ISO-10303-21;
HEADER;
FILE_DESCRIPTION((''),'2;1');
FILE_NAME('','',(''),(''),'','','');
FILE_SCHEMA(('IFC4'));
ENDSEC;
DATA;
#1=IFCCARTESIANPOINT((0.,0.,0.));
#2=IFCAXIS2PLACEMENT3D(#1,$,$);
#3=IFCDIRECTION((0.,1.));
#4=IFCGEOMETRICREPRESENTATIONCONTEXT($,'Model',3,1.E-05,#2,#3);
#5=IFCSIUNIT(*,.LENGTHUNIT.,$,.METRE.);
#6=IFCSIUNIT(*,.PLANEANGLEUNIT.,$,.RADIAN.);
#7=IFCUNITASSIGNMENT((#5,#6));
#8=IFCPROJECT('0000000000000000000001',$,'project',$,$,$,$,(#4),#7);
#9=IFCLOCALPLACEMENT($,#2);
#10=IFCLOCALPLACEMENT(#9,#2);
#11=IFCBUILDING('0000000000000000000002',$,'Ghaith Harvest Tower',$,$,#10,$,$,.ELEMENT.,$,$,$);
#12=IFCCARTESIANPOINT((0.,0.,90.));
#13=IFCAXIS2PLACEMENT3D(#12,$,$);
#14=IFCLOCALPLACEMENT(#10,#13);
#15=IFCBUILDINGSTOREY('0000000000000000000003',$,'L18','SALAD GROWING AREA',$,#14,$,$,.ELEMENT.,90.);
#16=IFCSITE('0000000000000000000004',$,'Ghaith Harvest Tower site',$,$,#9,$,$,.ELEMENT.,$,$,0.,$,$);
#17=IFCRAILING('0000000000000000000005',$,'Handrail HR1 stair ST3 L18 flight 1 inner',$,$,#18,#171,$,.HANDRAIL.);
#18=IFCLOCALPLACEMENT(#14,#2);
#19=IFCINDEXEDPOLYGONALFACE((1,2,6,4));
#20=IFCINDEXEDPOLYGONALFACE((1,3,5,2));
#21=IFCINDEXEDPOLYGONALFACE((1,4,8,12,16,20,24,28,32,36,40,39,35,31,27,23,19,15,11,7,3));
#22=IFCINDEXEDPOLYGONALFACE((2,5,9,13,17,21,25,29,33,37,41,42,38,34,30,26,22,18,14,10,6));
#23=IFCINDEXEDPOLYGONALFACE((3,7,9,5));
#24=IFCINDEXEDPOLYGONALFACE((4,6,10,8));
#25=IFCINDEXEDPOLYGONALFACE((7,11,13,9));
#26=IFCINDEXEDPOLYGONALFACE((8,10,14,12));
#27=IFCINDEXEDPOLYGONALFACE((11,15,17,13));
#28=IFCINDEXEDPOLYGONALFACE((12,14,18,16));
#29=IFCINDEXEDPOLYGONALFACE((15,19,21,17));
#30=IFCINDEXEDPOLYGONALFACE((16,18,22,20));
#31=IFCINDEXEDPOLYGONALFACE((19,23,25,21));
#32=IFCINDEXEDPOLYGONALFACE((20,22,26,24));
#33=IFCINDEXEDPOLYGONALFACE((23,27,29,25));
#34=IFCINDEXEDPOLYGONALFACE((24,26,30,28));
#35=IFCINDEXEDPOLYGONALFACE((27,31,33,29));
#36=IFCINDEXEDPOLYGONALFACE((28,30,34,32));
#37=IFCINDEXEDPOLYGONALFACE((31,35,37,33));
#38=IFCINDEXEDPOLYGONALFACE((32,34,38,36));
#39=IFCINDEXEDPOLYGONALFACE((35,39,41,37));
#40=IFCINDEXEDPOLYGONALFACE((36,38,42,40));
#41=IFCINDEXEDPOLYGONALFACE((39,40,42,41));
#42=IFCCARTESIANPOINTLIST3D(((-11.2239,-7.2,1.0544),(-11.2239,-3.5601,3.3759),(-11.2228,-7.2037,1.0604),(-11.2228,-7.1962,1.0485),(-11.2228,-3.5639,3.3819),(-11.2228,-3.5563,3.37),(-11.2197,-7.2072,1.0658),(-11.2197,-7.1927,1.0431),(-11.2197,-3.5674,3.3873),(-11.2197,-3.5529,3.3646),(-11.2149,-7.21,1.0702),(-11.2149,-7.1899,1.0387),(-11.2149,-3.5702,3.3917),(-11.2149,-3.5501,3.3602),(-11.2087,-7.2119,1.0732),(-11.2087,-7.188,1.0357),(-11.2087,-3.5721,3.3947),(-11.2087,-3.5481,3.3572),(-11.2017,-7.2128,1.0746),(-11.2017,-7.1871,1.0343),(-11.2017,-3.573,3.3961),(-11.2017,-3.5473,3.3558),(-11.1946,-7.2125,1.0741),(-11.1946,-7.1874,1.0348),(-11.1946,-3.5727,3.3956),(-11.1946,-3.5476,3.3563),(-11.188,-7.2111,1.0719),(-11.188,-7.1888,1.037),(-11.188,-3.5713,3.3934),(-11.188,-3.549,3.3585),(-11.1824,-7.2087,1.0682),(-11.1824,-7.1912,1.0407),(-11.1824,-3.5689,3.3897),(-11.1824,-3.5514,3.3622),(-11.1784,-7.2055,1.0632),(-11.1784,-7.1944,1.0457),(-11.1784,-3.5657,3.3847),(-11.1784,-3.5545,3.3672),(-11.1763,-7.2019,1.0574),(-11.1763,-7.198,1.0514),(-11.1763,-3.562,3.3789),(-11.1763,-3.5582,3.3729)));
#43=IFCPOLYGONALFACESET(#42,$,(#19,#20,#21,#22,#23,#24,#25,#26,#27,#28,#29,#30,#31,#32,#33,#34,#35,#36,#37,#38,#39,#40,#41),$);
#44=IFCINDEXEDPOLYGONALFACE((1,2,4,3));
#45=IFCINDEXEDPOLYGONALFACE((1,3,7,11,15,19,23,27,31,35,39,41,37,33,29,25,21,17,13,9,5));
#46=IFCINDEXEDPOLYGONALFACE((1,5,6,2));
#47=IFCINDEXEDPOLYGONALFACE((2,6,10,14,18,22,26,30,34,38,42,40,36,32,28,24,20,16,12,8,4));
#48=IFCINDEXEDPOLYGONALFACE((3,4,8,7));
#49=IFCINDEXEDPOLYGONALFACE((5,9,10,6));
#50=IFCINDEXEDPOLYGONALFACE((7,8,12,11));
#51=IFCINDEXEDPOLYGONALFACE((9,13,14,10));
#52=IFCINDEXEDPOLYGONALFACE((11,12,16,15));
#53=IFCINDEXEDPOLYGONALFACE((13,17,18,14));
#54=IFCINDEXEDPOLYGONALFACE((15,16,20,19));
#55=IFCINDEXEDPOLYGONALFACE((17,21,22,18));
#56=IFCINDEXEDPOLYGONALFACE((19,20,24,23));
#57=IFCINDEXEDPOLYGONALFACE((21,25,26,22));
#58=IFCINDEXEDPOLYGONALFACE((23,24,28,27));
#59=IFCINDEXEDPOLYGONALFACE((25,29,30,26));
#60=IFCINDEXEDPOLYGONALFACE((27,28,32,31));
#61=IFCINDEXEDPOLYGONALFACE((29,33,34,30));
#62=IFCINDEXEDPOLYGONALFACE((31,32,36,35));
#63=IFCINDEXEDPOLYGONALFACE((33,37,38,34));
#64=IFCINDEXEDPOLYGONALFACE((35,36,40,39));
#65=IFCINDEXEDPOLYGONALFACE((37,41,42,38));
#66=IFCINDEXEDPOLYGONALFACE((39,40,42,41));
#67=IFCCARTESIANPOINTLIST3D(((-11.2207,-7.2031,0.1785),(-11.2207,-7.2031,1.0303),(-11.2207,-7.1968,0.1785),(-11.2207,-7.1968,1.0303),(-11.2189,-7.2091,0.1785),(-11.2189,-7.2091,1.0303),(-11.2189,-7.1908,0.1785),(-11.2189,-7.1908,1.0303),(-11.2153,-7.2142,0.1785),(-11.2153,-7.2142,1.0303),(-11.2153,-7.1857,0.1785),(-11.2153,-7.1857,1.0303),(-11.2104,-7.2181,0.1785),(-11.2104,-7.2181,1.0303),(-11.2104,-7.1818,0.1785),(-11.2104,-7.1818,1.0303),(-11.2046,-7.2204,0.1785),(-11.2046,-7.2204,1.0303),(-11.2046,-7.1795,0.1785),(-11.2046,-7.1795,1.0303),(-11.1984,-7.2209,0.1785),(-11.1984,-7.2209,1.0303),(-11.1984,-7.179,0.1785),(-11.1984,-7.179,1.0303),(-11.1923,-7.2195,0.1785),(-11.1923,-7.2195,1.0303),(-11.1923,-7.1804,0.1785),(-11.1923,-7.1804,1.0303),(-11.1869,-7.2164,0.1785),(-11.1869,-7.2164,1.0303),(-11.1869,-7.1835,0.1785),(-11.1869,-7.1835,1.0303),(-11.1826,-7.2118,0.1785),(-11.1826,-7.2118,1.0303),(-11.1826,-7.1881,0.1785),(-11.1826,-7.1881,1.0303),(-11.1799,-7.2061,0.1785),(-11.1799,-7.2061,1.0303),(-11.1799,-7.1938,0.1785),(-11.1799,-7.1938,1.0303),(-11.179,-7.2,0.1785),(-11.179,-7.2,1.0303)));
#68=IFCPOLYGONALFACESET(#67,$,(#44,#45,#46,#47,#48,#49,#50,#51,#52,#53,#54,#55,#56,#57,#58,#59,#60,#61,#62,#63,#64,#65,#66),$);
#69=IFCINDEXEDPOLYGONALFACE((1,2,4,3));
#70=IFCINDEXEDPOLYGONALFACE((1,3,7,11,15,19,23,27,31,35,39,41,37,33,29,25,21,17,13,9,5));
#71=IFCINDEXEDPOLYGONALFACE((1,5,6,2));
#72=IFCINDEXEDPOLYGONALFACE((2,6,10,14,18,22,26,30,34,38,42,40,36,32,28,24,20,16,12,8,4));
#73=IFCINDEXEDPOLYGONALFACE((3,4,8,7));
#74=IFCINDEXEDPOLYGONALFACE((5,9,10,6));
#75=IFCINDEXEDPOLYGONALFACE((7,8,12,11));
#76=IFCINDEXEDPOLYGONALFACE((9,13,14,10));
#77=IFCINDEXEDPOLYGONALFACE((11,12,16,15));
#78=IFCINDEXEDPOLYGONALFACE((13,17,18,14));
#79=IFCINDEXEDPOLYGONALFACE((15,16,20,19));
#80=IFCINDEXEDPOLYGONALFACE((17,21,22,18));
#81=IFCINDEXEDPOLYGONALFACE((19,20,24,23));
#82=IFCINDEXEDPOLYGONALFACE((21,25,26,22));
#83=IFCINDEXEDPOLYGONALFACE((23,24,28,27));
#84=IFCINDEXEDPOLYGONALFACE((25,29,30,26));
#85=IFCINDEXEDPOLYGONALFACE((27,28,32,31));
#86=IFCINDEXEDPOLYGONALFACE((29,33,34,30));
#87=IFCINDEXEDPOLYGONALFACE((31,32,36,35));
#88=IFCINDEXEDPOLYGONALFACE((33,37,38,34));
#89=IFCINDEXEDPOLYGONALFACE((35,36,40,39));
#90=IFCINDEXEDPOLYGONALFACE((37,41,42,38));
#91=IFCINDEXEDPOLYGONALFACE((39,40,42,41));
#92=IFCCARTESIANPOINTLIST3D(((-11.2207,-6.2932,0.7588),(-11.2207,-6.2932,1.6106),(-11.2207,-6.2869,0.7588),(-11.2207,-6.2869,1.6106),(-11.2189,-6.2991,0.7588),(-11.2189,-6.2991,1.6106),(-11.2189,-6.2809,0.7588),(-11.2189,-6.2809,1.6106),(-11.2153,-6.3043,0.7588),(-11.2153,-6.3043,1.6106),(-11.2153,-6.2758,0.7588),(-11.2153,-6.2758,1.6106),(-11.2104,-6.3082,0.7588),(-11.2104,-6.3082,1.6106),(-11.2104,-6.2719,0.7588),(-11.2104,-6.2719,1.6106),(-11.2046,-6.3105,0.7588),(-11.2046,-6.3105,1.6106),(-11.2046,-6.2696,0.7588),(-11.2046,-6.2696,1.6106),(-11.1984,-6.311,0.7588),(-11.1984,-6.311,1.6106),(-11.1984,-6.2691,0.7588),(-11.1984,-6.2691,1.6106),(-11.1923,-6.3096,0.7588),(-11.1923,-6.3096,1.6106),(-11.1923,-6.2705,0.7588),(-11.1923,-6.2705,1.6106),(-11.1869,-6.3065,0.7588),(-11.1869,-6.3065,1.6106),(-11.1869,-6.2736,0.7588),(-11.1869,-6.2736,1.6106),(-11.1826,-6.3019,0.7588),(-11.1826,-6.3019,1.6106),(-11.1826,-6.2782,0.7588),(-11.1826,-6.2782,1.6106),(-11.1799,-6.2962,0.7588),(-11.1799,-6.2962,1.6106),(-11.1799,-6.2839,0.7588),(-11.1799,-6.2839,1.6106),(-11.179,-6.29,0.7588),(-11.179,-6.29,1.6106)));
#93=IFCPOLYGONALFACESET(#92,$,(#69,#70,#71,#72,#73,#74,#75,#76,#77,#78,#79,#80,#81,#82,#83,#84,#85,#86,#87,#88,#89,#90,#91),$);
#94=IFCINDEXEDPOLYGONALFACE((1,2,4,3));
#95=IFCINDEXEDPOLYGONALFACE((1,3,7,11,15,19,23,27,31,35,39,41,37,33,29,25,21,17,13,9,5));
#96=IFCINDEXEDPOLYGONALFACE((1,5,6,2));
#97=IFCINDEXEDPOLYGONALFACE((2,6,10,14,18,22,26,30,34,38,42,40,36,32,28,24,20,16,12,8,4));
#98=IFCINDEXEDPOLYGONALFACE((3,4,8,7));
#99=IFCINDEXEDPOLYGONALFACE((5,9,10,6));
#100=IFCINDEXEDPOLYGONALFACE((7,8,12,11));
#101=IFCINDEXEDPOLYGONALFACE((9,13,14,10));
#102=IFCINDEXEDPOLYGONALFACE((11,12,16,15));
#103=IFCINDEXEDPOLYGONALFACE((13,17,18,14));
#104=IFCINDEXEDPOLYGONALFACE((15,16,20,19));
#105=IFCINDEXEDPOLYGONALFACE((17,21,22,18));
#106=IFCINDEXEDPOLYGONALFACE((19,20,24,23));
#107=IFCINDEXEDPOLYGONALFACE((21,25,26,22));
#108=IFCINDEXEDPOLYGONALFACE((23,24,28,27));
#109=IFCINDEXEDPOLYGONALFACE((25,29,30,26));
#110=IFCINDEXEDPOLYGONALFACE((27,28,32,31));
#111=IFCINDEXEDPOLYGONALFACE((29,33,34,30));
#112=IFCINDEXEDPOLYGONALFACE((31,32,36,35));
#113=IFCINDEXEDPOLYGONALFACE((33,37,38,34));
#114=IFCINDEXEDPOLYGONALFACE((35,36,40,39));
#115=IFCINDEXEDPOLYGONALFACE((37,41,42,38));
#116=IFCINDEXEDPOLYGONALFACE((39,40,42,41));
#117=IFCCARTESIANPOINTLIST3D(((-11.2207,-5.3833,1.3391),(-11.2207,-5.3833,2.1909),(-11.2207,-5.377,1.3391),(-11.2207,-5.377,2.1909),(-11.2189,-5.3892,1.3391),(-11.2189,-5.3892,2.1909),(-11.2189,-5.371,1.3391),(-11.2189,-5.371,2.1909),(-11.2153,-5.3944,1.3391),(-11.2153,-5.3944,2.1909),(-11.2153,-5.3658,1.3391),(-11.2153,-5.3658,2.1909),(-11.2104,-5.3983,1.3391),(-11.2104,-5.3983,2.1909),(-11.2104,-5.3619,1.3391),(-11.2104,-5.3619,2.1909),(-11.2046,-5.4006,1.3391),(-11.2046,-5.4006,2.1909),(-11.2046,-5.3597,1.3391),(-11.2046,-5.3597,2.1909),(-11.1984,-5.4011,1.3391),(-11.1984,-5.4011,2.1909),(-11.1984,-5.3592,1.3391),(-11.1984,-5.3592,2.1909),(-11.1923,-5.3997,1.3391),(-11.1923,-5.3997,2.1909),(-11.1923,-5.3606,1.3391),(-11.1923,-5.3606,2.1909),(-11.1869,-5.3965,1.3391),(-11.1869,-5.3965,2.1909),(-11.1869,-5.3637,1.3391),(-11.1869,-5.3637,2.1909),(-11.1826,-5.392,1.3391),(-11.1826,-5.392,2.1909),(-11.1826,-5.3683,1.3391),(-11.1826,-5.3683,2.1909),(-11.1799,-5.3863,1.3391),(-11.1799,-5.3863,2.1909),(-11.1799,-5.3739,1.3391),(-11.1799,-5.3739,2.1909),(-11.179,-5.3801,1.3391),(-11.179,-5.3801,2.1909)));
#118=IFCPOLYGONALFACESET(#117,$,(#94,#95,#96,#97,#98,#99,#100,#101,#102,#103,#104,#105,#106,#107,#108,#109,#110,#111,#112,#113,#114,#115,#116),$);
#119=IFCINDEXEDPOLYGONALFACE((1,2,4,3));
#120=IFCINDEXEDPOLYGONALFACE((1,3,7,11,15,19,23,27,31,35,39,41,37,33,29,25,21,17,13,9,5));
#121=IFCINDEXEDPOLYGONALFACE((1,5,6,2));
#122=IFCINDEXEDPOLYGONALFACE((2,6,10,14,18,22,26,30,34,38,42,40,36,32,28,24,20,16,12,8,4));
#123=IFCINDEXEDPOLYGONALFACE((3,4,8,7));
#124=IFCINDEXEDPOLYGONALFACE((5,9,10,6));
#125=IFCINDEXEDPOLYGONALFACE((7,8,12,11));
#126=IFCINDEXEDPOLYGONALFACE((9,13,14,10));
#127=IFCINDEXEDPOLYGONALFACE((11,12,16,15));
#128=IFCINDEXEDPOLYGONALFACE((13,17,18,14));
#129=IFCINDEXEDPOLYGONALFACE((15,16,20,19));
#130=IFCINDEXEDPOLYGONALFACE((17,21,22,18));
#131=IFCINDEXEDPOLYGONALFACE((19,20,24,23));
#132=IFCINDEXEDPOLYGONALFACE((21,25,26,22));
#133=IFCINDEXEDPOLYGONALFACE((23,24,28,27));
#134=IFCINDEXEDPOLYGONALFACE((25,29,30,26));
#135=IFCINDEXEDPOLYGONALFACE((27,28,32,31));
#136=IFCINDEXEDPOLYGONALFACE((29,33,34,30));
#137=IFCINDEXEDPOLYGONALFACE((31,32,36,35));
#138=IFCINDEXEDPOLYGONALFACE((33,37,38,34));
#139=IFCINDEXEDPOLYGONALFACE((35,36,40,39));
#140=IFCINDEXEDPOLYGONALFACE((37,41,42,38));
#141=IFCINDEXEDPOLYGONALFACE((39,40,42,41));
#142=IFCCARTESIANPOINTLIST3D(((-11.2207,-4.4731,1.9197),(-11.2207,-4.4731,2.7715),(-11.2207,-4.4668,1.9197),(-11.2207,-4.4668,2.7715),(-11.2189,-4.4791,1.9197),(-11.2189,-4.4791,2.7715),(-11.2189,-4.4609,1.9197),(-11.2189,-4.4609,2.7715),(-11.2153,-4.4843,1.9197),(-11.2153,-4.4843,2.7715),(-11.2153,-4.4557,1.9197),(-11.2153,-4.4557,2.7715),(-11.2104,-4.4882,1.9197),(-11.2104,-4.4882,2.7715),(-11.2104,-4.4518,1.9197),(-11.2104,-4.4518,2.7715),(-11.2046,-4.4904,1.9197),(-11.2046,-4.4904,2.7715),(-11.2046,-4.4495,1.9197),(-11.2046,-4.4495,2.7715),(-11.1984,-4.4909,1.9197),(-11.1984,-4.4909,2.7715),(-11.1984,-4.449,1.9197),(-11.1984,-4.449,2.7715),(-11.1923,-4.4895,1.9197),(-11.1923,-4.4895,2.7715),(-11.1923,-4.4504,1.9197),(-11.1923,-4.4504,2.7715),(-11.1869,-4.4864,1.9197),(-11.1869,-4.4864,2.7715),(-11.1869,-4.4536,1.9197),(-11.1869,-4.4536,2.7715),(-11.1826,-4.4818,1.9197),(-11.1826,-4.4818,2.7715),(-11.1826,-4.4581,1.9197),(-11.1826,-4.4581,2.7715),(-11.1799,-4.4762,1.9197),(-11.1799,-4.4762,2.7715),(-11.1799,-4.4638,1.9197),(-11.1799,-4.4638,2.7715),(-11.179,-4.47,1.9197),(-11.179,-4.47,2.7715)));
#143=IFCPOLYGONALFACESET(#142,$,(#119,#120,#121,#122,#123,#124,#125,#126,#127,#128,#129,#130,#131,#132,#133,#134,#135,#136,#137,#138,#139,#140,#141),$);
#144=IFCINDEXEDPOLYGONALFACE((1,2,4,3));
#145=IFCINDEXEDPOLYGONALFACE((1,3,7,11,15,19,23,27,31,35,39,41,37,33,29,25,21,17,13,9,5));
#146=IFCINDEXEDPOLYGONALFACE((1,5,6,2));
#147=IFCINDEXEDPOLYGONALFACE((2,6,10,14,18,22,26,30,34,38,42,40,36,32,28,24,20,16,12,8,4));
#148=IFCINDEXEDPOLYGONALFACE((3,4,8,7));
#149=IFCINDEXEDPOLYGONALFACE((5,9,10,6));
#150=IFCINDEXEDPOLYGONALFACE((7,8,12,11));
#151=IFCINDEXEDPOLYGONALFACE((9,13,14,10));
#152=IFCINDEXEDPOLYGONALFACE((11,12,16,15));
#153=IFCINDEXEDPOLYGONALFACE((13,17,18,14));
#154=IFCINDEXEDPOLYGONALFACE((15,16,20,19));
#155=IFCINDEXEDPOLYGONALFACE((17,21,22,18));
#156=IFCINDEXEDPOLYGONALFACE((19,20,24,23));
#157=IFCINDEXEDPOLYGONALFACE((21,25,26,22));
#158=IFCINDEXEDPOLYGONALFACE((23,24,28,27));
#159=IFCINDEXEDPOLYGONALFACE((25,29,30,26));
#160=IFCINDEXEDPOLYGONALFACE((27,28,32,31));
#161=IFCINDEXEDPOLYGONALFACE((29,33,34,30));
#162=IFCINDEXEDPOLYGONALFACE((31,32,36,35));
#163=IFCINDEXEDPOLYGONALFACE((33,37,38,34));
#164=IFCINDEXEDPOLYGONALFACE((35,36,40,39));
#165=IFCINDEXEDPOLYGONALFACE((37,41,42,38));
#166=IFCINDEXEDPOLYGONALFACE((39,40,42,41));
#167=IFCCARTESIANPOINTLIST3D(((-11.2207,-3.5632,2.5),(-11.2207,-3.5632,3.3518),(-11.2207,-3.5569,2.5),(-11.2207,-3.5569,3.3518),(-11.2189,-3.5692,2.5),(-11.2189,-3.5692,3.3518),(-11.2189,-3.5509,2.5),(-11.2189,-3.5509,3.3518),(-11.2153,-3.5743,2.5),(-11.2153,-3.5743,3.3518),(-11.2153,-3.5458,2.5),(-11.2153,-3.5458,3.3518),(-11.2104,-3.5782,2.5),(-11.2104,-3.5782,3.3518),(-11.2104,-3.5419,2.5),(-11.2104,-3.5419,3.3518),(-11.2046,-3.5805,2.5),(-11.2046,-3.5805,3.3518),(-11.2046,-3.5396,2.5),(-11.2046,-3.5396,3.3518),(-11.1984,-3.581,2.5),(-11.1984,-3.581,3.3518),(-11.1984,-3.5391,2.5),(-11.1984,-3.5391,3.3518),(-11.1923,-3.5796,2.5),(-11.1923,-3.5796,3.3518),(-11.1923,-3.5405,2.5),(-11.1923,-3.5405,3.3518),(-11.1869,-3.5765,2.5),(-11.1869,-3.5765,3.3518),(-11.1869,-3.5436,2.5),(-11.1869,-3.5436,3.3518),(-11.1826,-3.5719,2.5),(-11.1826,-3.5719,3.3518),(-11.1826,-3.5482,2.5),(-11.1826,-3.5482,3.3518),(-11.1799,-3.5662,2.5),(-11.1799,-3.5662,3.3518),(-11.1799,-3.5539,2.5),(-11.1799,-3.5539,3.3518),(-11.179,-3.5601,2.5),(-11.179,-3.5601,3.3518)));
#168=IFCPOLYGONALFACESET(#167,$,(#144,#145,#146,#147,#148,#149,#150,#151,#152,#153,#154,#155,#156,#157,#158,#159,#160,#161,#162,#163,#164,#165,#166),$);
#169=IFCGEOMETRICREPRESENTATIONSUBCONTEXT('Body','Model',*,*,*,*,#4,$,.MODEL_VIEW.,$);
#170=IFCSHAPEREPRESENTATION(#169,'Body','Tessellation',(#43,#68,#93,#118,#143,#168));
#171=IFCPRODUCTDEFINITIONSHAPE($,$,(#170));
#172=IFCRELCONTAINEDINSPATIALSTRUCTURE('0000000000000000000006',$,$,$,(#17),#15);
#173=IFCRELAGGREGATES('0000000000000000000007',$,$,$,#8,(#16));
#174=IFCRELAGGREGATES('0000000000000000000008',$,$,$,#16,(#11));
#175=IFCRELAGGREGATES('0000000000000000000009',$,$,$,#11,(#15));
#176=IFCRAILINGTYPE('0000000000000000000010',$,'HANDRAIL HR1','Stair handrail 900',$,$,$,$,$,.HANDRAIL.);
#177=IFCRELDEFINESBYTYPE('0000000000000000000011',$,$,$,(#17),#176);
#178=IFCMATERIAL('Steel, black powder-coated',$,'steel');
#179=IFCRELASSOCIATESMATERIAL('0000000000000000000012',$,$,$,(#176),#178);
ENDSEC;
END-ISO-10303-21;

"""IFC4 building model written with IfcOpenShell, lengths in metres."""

from ifc_helpers import new_model, si_unit, direction, frame, origin, origin_2d, place, context, subcontext, project, spatial, circle, extrude, material, type_object, element, save


model = new_model("IFC4")

# Units and contexts
model_context = context("Model", 3, precision=1e-05, world=origin(), true_north=direction((0.0, 1.0)))
body_context = subcontext(model_context, "Body", "Model", "MODEL_VIEW")
ifc_project = project(units=[si_unit("LENGTHUNIT", "METRE"), si_unit("PLANEANGLEUNIT", "RADIAN")], contexts=[model_context])

# Site, building, storey
site_placement = place(None, origin())
site = spatial("IfcSite", under=ifc_project, at=site_placement, Name="Ghaith Harvest Tower site", CompositionType="ELEMENT", RefElevation=0.0)
building_placement = place(site_placement, origin())
building = spatial("IfcBuilding", under=site, at=building_placement, Name="Ghaith Harvest Tower", CompositionType="ELEMENT")
storey_placement = place(building_placement, frame((0.0, 0.0, 90.0)))
storey = spatial("IfcBuildingStorey", under=building, at=storey_placement, Name="L18", Description="SALAD GROWING AREA", CompositionType="ELEMENT", Elevation=90.0)

# Railing
ifc_material_1 = material(Name="Steel, black powder-coated", Category="steel")
railing_type = type_object("IfcRailingType", Name="HANDRAIL HR1", Description="Stair handrail 900", PredefinedType="HANDRAIL", material=ifc_material_1)
railing_1_placement = place(storey_placement, frame((-11.2, -7.2, 0.1785)))
element("IfcRailing", 1, at=railing_1_placement, inside=storey, type_object=railing_type, Name="Handrail HR1 stair ST3 L18 flight 1 inner", PredefinedType="HANDRAIL", context=body_context, shape_type="SweptSolid", body=[
    extrude(circle(Radius=0.0239, at=origin_2d()), frame((0.0, 0.0, 0.876), z_axis=(0.0, 0.843112, 0.537739), x_axis=(-1.0, 0.0, 0.0)), (0.0, 0.0, 1.0), 4.3171),
    extrude(circle(Radius=0.021, at=origin_2d()), origin(), (0.0, 0.0, 1.0), 0.8518),
    extrude(circle(Radius=0.021, at=origin_2d()), frame((0.0, 0.9099, 0.5803)), (0.0, 0.0, 1.0), 0.8518),
    extrude(circle(Radius=0.021, at=origin_2d()), frame((0.0, 1.8198, 1.1606)), (0.0, 0.0, 1.0), 0.8518),
    extrude(circle(Radius=0.021, at=origin_2d()), frame((0.0, 2.73, 1.7412)), (0.0, 0.0, 1.0), 0.8518),
    extrude(circle(Radius=0.021, at=origin_2d()), frame((0.0, 3.6399, 2.3215)), (0.0, 0.0, 1.0), 0.8518),
])

save(model, "model.ifc")
